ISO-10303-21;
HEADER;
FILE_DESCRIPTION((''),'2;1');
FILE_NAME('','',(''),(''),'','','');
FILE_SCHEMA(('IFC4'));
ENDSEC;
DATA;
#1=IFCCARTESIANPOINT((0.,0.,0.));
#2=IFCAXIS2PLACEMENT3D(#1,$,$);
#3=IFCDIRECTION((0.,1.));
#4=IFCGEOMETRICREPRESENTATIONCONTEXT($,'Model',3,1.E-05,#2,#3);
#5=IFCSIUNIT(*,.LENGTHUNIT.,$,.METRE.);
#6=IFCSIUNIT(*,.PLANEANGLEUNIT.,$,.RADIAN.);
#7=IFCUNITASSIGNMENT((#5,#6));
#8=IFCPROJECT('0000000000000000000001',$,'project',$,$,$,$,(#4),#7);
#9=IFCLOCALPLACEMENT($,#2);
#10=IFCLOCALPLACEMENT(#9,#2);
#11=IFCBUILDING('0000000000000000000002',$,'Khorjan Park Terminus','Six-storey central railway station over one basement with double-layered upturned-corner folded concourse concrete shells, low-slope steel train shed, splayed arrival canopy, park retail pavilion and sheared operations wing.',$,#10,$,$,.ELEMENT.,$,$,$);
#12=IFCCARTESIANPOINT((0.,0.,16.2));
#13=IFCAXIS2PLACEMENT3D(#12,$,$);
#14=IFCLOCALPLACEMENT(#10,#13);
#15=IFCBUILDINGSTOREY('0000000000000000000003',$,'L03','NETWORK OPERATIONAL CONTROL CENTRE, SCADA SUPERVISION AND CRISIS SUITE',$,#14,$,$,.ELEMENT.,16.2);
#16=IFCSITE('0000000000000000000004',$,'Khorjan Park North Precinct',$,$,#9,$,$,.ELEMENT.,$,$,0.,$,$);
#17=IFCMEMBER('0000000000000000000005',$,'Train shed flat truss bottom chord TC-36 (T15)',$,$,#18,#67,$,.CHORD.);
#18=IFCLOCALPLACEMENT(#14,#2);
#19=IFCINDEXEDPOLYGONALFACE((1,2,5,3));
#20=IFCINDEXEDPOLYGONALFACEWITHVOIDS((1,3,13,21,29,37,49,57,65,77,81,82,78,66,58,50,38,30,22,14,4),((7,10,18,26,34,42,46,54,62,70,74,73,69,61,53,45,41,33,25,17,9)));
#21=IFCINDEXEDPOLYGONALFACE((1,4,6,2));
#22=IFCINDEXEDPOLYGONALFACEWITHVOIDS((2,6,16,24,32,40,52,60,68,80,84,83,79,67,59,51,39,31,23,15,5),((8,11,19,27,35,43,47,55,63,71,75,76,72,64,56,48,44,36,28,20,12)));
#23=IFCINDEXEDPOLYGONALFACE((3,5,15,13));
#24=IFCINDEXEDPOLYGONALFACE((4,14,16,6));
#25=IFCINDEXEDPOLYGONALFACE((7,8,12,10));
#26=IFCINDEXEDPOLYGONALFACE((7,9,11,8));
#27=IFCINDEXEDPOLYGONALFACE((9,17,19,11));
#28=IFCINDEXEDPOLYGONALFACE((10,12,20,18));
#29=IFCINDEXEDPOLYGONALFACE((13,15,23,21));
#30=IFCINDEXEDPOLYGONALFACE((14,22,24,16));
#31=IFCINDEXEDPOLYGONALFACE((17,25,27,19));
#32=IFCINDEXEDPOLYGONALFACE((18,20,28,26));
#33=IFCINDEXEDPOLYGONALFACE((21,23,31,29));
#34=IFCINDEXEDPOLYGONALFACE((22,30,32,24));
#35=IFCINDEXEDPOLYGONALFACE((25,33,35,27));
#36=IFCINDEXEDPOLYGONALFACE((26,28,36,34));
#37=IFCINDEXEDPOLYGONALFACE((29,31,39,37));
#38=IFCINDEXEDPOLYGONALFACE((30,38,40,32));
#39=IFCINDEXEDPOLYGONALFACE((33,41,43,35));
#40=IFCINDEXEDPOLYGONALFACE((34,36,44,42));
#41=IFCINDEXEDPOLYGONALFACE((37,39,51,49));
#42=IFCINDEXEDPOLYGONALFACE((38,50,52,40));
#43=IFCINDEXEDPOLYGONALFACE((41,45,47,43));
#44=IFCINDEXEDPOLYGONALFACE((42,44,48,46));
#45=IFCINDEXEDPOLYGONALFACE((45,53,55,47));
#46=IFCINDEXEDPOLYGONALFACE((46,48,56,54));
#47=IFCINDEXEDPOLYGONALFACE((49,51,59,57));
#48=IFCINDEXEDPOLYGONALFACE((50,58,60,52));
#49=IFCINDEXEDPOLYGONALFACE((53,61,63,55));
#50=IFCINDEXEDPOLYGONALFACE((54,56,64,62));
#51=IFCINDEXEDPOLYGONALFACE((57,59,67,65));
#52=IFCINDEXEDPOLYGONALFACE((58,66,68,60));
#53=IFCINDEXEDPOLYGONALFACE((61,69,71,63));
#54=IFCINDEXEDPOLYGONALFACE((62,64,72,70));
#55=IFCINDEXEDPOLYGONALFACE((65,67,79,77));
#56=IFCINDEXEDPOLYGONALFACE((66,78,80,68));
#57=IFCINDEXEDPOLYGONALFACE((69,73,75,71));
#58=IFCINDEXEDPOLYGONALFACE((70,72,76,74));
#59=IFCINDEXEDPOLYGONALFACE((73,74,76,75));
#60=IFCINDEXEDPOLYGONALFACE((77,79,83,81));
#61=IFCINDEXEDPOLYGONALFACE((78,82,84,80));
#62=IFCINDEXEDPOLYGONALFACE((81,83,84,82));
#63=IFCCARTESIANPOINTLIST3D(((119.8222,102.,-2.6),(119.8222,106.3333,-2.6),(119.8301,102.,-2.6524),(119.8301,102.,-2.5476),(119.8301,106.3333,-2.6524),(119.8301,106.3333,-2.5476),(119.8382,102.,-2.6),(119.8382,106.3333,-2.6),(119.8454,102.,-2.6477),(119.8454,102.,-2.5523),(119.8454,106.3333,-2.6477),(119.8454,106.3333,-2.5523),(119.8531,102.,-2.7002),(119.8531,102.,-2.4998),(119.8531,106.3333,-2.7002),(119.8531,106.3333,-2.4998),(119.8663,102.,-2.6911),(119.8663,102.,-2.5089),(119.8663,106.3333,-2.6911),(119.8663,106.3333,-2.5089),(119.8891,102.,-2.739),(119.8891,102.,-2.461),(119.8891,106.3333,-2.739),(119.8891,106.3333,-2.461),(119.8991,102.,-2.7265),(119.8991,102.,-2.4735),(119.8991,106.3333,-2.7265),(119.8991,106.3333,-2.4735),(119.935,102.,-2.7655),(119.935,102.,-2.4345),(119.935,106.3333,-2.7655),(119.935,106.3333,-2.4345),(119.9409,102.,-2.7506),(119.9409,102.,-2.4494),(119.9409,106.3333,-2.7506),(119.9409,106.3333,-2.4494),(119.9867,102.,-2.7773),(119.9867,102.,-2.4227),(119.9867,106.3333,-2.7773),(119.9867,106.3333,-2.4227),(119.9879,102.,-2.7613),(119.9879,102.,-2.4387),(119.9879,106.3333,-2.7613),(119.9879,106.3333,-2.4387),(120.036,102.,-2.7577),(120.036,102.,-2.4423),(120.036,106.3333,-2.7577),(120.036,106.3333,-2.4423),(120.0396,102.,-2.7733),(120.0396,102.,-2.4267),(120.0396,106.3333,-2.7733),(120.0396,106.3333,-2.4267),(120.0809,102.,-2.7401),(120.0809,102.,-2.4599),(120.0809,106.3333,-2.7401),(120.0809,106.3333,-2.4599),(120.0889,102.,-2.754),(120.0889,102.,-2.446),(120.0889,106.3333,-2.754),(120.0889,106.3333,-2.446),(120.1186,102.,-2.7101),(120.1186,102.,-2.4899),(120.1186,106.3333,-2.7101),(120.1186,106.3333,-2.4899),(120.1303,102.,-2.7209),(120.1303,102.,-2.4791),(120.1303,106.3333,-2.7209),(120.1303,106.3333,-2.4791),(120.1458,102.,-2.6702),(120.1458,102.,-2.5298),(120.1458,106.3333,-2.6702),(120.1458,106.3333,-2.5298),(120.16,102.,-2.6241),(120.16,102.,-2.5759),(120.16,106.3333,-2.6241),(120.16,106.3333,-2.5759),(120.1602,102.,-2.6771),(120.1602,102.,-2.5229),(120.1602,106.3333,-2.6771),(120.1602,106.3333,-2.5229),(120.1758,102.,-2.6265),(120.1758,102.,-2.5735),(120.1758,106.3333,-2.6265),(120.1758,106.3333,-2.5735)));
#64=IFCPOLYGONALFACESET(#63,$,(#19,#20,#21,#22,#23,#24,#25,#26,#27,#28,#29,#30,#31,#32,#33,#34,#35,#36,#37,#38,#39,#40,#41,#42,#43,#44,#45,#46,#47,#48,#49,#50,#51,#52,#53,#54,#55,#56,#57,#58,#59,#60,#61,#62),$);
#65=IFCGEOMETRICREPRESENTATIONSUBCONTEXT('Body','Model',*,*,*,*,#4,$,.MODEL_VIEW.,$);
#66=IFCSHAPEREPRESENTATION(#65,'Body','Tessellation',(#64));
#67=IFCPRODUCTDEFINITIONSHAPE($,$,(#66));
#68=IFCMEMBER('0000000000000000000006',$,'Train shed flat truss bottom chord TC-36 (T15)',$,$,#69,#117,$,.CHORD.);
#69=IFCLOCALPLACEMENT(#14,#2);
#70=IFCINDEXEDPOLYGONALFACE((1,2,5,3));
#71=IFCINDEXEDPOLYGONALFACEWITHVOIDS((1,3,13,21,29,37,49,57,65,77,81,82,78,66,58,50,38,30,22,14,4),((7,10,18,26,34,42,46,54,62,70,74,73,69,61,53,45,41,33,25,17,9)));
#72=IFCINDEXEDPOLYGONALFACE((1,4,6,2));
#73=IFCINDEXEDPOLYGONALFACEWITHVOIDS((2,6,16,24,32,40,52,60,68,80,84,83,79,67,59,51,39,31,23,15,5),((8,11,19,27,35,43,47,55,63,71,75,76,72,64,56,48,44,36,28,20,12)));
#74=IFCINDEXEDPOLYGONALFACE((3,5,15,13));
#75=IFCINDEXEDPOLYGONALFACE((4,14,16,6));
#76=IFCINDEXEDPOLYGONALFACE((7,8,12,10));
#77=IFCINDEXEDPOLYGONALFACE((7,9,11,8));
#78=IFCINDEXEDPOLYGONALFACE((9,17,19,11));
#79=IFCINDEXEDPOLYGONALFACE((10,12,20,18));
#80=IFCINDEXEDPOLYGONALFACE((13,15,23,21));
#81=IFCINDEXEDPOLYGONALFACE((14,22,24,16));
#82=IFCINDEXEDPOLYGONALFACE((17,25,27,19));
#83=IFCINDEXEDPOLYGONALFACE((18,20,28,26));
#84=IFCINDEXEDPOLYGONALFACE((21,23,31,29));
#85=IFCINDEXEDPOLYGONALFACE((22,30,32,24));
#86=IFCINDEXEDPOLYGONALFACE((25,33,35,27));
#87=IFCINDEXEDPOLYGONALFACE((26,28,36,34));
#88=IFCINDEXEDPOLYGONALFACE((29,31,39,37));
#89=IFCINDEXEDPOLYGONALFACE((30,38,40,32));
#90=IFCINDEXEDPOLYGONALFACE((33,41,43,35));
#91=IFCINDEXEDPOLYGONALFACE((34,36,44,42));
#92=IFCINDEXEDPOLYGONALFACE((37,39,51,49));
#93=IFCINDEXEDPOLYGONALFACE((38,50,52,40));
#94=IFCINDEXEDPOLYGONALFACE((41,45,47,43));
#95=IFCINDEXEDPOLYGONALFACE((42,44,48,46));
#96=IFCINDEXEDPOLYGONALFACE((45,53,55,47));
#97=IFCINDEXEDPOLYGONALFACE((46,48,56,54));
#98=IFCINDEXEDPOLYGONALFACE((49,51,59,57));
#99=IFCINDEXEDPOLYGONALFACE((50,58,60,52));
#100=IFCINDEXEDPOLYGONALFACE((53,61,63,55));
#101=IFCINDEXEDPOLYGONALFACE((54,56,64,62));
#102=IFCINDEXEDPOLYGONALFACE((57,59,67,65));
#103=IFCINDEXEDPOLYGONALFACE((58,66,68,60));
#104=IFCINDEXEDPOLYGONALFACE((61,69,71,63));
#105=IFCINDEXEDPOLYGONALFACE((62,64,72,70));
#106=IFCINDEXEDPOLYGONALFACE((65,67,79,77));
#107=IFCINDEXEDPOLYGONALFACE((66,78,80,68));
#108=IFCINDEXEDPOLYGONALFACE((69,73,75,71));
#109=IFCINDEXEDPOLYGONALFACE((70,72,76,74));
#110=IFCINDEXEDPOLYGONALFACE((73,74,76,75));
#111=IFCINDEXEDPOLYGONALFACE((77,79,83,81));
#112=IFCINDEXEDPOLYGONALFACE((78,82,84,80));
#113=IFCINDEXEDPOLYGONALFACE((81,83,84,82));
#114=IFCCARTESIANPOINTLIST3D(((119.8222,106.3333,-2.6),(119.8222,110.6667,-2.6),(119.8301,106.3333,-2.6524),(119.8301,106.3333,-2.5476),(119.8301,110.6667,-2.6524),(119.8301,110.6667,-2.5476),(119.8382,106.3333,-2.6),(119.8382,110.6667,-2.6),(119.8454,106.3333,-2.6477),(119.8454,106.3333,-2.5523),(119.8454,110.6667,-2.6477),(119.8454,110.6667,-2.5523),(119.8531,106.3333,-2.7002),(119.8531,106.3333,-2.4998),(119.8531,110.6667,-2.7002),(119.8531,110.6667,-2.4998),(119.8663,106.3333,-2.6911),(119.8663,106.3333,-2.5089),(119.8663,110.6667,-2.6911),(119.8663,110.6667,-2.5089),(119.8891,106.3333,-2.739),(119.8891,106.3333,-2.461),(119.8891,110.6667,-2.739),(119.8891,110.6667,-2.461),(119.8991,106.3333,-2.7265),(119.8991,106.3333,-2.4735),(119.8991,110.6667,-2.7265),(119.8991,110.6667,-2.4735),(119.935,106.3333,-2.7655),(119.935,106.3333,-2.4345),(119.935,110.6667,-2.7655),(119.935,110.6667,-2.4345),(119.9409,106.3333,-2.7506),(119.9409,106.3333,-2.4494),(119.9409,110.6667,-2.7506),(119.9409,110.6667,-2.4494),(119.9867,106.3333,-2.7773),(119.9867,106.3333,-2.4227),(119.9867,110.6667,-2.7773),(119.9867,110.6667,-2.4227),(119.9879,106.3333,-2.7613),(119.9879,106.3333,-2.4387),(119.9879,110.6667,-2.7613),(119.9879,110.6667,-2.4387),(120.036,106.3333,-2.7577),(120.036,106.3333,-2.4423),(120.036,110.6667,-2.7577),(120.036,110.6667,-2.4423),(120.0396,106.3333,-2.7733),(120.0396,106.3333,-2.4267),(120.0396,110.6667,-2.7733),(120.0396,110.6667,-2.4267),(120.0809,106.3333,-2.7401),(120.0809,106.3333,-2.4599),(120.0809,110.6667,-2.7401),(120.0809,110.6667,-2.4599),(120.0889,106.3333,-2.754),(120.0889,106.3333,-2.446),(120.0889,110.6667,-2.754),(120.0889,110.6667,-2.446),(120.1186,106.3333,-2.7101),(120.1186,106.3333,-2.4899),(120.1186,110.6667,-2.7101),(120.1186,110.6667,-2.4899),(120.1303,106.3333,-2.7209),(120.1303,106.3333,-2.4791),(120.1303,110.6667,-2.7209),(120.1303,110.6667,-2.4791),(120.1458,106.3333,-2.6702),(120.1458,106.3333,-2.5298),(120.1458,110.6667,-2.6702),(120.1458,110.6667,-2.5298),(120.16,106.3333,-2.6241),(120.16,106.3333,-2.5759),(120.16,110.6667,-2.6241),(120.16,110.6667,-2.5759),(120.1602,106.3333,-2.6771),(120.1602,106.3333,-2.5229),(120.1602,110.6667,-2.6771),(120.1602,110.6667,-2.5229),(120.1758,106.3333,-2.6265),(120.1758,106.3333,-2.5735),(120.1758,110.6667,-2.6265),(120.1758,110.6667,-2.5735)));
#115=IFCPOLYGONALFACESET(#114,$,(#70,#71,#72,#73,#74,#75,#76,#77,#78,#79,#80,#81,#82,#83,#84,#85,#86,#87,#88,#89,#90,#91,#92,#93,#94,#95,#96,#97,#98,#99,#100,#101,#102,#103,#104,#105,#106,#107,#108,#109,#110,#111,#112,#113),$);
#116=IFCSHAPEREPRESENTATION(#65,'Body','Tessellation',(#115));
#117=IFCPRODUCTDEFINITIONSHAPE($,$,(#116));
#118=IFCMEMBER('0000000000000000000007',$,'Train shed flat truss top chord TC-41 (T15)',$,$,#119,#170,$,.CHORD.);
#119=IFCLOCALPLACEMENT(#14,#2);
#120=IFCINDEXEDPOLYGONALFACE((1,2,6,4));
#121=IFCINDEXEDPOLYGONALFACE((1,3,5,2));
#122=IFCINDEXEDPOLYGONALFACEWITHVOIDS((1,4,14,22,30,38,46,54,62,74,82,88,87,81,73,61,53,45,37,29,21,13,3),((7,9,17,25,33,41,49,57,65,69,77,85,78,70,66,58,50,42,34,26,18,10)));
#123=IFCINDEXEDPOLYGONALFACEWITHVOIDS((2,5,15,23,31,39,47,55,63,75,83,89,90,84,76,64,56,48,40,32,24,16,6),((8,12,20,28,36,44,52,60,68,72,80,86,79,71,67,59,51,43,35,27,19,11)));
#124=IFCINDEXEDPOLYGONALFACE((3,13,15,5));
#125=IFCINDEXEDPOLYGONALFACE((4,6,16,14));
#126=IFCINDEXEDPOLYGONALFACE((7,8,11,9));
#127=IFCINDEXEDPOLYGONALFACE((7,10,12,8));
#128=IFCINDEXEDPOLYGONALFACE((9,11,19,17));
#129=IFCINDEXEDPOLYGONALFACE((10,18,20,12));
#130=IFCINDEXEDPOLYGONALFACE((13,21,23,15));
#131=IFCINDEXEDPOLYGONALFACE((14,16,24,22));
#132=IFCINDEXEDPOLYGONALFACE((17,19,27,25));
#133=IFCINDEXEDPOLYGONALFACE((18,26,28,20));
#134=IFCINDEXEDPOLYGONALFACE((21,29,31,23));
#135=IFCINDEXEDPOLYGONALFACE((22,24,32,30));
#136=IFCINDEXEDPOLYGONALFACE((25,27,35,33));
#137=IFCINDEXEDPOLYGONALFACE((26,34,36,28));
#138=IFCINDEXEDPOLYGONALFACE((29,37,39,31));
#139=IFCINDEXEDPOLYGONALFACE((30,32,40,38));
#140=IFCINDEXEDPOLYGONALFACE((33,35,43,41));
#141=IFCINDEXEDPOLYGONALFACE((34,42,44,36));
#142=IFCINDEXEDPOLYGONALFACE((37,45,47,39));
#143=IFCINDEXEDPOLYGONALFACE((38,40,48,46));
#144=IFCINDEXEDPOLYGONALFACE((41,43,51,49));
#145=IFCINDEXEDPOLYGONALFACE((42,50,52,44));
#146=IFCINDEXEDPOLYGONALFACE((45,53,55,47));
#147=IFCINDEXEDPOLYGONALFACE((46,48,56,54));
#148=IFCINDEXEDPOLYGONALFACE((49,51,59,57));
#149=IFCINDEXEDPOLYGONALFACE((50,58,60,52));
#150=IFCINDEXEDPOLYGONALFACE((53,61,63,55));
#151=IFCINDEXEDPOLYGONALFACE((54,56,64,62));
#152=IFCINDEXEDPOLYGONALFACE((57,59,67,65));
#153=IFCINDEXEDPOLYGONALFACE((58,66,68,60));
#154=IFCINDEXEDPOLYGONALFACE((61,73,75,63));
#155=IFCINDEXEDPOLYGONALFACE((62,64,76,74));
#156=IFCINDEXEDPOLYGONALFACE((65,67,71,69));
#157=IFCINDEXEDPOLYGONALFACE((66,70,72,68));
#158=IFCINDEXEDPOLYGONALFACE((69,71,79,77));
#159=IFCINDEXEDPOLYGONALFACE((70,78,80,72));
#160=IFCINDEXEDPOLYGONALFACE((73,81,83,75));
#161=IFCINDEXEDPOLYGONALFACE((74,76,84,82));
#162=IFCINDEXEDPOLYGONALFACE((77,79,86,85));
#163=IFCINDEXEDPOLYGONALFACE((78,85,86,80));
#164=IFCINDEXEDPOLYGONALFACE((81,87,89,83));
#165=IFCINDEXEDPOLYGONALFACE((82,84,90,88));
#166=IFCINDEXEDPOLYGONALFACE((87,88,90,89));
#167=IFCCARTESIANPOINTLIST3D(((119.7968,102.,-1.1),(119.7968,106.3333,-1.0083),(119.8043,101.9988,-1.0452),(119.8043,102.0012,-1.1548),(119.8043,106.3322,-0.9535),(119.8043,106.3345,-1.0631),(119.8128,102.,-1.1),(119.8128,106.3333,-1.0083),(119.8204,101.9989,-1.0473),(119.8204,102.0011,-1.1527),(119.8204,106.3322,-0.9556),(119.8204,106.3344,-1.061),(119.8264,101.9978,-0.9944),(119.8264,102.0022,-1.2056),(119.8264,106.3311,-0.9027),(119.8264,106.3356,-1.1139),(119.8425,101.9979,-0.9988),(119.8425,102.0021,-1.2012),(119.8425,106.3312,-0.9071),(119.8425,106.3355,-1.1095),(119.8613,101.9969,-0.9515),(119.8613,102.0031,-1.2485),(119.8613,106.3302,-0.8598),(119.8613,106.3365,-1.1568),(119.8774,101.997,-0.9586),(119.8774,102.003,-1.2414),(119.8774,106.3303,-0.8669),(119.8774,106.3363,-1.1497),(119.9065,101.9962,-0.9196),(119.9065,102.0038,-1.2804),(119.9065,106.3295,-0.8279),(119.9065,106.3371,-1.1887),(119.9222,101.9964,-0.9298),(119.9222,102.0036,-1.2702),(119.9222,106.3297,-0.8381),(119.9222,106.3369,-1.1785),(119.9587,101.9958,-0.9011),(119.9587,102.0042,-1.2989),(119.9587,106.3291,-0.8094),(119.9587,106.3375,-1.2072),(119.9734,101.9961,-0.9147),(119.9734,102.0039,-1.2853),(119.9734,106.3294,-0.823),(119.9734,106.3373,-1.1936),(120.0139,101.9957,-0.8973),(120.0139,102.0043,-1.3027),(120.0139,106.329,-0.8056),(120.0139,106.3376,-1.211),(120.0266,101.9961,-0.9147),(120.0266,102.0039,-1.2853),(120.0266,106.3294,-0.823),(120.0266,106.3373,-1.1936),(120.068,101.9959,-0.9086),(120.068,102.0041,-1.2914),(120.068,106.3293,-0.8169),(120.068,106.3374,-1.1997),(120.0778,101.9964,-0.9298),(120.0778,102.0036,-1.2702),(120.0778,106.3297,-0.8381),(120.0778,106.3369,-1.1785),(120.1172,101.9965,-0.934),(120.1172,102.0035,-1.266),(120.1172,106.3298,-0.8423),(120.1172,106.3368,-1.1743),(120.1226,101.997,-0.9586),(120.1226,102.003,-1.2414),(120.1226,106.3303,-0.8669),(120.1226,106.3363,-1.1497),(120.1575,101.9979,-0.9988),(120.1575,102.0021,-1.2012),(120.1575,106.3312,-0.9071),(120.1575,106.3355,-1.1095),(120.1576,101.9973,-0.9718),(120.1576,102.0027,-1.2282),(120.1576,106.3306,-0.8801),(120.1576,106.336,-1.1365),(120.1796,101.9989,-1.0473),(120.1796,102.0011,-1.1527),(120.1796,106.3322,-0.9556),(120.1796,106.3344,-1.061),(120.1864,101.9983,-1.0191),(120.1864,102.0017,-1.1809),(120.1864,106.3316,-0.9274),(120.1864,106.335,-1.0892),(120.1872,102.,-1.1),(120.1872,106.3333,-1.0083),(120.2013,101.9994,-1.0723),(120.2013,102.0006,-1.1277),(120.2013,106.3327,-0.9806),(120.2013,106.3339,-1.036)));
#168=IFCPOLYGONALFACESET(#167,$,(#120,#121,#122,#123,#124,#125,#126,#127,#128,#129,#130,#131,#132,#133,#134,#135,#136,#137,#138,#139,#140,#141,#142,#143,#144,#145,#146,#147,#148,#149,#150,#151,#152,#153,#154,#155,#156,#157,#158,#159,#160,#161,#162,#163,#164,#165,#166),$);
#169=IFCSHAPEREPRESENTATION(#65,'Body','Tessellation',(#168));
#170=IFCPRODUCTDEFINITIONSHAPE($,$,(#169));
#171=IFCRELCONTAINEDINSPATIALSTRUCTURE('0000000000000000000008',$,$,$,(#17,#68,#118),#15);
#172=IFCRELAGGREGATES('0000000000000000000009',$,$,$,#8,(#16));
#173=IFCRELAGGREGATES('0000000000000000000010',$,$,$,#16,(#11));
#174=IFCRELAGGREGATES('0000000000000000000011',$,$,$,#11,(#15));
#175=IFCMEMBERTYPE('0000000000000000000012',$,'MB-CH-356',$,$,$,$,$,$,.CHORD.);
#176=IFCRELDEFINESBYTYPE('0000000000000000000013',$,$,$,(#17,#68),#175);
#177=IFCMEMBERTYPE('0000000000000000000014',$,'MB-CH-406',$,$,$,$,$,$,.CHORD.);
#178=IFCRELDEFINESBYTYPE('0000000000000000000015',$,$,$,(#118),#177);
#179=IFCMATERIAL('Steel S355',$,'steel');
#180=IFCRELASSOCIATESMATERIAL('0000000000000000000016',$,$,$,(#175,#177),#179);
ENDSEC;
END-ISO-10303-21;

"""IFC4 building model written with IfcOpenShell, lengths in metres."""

from ifc_helpers import new_model, si_unit, direction, frame, origin, origin_2d, place, context, subcontext, project, spatial, hollow_circle, extrude, material, material_profile, profile_set, type_object, element, save


model = new_model("IFC4")

# Units and contexts
model_context = context("Model", 3, precision=1e-05, world=origin(), true_north=direction((0.0, 1.0)))
body_context = subcontext(model_context, "Body", "Model", "MODEL_VIEW")
ifc_project = project(units=[si_unit("LENGTHUNIT", "METRE"), si_unit("PLANEANGLEUNIT", "RADIAN")], contexts=[model_context])

# Site, building, storey
site_placement = place(None, origin())
site = spatial("IfcSite", under=ifc_project, at=site_placement, Name="Khorjan Park North Precinct", CompositionType="ELEMENT", RefElevation=0.0)
building_placement = place(site_placement, origin())
building = spatial("IfcBuilding", under=site, at=building_placement, Name="Khorjan Park Terminus", Description="Six-storey central railway station over one basement with double-layered upturned-corner folded concourse concrete shells, low-slope steel train shed, splayed arrival canopy, park retail pavilion and sheared operations wing.", CompositionType="ELEMENT")
storey_placement = place(building_placement, frame((0.0, 0.0, 16.2)))
storey = spatial("IfcBuildingStorey", under=building, at=storey_placement, Name="L03", Description="NETWORK OPERATIONAL CONTROL CENTRE, SCADA SUPERVISION AND CRISIS SUITE", CompositionType="ELEMENT", Elevation=16.2)

# Members
ifc_material_1 = material(Name="Steel S355", Category="steel")
ifc_material_profile_1 = material_profile(ifc_material_1, hollow_circle(Radius=0.1778, WallThickness=0.016, at=origin_2d()), Name="CHS 355.6x16")
ifc_profile_set_1 = profile_set([ifc_material_profile_1], Name="Steel S355")
member_type_1 = type_object("IfcMemberType", Name="MB-CH-356", PredefinedType="CHORD", material=ifc_profile_set_1)
member_1_placement = place(storey_placement, frame((120.0, 102.0, -2.6), z_axis=(0.0, 1.0, 0.0), x_axis=(-1.0, 0.0, 0.0)))
element("IfcMember", 1, at=member_1_placement, inside=storey, type_object=member_type_1, Name="Train shed flat truss bottom chord TC-36 (T15)", PredefinedType="CHORD", context=body_context, shape_type="SweptSolid", body=[
    extrude(hollow_circle(Radius=0.1778, WallThickness=0.016, at=origin_2d()), origin(), (0.0, 0.0, 1.0), 4.3333),
])
member_2_placement = place(storey_placement, frame((120.0, 106.3333, -2.6), z_axis=(0.0, 1.0, 0.0), x_axis=(-1.0, 0.0, 0.0)))
element("IfcMember", 2, at=member_2_placement, inside=storey, type_object=member_type_1, Name="Train shed flat truss bottom chord TC-36 (T15)", PredefinedType="CHORD", context=body_context, shape_type="SweptSolid", body=[
    extrude(hollow_circle(Radius=0.1778, WallThickness=0.016, at=origin_2d()), origin(), (0.0, 0.0, 1.0), 4.3334),
])
ifc_material_profile_2 = material_profile(ifc_material_1, hollow_circle(Radius=0.2032, WallThickness=0.016, at=origin_2d()), Name="CHS 406.4x16")
ifc_profile_set_2 = profile_set([ifc_material_profile_2], Name="Steel S355")
member_type_2 = type_object("IfcMemberType", Name="MB-CH-406", PredefinedType="CHORD", material=ifc_profile_set_2)
member_3_placement = place(storey_placement, frame((120.0, 102.0, -1.1), z_axis=(0.0, 0.999776, 0.021157), x_axis=(-1.0, 0.0, 0.0)))
element("IfcMember", 3, at=member_3_placement, inside=storey, type_object=member_type_2, Name="Train shed flat truss top chord TC-41 (T15)", PredefinedType="CHORD", context=body_context, shape_type="SweptSolid", body=[
    extrude(hollow_circle(Radius=0.2032, WallThickness=0.016, at=origin_2d()), origin(), (0.0, 0.0, 1.0), 4.3343),
])

save(model, "model.ifc")
